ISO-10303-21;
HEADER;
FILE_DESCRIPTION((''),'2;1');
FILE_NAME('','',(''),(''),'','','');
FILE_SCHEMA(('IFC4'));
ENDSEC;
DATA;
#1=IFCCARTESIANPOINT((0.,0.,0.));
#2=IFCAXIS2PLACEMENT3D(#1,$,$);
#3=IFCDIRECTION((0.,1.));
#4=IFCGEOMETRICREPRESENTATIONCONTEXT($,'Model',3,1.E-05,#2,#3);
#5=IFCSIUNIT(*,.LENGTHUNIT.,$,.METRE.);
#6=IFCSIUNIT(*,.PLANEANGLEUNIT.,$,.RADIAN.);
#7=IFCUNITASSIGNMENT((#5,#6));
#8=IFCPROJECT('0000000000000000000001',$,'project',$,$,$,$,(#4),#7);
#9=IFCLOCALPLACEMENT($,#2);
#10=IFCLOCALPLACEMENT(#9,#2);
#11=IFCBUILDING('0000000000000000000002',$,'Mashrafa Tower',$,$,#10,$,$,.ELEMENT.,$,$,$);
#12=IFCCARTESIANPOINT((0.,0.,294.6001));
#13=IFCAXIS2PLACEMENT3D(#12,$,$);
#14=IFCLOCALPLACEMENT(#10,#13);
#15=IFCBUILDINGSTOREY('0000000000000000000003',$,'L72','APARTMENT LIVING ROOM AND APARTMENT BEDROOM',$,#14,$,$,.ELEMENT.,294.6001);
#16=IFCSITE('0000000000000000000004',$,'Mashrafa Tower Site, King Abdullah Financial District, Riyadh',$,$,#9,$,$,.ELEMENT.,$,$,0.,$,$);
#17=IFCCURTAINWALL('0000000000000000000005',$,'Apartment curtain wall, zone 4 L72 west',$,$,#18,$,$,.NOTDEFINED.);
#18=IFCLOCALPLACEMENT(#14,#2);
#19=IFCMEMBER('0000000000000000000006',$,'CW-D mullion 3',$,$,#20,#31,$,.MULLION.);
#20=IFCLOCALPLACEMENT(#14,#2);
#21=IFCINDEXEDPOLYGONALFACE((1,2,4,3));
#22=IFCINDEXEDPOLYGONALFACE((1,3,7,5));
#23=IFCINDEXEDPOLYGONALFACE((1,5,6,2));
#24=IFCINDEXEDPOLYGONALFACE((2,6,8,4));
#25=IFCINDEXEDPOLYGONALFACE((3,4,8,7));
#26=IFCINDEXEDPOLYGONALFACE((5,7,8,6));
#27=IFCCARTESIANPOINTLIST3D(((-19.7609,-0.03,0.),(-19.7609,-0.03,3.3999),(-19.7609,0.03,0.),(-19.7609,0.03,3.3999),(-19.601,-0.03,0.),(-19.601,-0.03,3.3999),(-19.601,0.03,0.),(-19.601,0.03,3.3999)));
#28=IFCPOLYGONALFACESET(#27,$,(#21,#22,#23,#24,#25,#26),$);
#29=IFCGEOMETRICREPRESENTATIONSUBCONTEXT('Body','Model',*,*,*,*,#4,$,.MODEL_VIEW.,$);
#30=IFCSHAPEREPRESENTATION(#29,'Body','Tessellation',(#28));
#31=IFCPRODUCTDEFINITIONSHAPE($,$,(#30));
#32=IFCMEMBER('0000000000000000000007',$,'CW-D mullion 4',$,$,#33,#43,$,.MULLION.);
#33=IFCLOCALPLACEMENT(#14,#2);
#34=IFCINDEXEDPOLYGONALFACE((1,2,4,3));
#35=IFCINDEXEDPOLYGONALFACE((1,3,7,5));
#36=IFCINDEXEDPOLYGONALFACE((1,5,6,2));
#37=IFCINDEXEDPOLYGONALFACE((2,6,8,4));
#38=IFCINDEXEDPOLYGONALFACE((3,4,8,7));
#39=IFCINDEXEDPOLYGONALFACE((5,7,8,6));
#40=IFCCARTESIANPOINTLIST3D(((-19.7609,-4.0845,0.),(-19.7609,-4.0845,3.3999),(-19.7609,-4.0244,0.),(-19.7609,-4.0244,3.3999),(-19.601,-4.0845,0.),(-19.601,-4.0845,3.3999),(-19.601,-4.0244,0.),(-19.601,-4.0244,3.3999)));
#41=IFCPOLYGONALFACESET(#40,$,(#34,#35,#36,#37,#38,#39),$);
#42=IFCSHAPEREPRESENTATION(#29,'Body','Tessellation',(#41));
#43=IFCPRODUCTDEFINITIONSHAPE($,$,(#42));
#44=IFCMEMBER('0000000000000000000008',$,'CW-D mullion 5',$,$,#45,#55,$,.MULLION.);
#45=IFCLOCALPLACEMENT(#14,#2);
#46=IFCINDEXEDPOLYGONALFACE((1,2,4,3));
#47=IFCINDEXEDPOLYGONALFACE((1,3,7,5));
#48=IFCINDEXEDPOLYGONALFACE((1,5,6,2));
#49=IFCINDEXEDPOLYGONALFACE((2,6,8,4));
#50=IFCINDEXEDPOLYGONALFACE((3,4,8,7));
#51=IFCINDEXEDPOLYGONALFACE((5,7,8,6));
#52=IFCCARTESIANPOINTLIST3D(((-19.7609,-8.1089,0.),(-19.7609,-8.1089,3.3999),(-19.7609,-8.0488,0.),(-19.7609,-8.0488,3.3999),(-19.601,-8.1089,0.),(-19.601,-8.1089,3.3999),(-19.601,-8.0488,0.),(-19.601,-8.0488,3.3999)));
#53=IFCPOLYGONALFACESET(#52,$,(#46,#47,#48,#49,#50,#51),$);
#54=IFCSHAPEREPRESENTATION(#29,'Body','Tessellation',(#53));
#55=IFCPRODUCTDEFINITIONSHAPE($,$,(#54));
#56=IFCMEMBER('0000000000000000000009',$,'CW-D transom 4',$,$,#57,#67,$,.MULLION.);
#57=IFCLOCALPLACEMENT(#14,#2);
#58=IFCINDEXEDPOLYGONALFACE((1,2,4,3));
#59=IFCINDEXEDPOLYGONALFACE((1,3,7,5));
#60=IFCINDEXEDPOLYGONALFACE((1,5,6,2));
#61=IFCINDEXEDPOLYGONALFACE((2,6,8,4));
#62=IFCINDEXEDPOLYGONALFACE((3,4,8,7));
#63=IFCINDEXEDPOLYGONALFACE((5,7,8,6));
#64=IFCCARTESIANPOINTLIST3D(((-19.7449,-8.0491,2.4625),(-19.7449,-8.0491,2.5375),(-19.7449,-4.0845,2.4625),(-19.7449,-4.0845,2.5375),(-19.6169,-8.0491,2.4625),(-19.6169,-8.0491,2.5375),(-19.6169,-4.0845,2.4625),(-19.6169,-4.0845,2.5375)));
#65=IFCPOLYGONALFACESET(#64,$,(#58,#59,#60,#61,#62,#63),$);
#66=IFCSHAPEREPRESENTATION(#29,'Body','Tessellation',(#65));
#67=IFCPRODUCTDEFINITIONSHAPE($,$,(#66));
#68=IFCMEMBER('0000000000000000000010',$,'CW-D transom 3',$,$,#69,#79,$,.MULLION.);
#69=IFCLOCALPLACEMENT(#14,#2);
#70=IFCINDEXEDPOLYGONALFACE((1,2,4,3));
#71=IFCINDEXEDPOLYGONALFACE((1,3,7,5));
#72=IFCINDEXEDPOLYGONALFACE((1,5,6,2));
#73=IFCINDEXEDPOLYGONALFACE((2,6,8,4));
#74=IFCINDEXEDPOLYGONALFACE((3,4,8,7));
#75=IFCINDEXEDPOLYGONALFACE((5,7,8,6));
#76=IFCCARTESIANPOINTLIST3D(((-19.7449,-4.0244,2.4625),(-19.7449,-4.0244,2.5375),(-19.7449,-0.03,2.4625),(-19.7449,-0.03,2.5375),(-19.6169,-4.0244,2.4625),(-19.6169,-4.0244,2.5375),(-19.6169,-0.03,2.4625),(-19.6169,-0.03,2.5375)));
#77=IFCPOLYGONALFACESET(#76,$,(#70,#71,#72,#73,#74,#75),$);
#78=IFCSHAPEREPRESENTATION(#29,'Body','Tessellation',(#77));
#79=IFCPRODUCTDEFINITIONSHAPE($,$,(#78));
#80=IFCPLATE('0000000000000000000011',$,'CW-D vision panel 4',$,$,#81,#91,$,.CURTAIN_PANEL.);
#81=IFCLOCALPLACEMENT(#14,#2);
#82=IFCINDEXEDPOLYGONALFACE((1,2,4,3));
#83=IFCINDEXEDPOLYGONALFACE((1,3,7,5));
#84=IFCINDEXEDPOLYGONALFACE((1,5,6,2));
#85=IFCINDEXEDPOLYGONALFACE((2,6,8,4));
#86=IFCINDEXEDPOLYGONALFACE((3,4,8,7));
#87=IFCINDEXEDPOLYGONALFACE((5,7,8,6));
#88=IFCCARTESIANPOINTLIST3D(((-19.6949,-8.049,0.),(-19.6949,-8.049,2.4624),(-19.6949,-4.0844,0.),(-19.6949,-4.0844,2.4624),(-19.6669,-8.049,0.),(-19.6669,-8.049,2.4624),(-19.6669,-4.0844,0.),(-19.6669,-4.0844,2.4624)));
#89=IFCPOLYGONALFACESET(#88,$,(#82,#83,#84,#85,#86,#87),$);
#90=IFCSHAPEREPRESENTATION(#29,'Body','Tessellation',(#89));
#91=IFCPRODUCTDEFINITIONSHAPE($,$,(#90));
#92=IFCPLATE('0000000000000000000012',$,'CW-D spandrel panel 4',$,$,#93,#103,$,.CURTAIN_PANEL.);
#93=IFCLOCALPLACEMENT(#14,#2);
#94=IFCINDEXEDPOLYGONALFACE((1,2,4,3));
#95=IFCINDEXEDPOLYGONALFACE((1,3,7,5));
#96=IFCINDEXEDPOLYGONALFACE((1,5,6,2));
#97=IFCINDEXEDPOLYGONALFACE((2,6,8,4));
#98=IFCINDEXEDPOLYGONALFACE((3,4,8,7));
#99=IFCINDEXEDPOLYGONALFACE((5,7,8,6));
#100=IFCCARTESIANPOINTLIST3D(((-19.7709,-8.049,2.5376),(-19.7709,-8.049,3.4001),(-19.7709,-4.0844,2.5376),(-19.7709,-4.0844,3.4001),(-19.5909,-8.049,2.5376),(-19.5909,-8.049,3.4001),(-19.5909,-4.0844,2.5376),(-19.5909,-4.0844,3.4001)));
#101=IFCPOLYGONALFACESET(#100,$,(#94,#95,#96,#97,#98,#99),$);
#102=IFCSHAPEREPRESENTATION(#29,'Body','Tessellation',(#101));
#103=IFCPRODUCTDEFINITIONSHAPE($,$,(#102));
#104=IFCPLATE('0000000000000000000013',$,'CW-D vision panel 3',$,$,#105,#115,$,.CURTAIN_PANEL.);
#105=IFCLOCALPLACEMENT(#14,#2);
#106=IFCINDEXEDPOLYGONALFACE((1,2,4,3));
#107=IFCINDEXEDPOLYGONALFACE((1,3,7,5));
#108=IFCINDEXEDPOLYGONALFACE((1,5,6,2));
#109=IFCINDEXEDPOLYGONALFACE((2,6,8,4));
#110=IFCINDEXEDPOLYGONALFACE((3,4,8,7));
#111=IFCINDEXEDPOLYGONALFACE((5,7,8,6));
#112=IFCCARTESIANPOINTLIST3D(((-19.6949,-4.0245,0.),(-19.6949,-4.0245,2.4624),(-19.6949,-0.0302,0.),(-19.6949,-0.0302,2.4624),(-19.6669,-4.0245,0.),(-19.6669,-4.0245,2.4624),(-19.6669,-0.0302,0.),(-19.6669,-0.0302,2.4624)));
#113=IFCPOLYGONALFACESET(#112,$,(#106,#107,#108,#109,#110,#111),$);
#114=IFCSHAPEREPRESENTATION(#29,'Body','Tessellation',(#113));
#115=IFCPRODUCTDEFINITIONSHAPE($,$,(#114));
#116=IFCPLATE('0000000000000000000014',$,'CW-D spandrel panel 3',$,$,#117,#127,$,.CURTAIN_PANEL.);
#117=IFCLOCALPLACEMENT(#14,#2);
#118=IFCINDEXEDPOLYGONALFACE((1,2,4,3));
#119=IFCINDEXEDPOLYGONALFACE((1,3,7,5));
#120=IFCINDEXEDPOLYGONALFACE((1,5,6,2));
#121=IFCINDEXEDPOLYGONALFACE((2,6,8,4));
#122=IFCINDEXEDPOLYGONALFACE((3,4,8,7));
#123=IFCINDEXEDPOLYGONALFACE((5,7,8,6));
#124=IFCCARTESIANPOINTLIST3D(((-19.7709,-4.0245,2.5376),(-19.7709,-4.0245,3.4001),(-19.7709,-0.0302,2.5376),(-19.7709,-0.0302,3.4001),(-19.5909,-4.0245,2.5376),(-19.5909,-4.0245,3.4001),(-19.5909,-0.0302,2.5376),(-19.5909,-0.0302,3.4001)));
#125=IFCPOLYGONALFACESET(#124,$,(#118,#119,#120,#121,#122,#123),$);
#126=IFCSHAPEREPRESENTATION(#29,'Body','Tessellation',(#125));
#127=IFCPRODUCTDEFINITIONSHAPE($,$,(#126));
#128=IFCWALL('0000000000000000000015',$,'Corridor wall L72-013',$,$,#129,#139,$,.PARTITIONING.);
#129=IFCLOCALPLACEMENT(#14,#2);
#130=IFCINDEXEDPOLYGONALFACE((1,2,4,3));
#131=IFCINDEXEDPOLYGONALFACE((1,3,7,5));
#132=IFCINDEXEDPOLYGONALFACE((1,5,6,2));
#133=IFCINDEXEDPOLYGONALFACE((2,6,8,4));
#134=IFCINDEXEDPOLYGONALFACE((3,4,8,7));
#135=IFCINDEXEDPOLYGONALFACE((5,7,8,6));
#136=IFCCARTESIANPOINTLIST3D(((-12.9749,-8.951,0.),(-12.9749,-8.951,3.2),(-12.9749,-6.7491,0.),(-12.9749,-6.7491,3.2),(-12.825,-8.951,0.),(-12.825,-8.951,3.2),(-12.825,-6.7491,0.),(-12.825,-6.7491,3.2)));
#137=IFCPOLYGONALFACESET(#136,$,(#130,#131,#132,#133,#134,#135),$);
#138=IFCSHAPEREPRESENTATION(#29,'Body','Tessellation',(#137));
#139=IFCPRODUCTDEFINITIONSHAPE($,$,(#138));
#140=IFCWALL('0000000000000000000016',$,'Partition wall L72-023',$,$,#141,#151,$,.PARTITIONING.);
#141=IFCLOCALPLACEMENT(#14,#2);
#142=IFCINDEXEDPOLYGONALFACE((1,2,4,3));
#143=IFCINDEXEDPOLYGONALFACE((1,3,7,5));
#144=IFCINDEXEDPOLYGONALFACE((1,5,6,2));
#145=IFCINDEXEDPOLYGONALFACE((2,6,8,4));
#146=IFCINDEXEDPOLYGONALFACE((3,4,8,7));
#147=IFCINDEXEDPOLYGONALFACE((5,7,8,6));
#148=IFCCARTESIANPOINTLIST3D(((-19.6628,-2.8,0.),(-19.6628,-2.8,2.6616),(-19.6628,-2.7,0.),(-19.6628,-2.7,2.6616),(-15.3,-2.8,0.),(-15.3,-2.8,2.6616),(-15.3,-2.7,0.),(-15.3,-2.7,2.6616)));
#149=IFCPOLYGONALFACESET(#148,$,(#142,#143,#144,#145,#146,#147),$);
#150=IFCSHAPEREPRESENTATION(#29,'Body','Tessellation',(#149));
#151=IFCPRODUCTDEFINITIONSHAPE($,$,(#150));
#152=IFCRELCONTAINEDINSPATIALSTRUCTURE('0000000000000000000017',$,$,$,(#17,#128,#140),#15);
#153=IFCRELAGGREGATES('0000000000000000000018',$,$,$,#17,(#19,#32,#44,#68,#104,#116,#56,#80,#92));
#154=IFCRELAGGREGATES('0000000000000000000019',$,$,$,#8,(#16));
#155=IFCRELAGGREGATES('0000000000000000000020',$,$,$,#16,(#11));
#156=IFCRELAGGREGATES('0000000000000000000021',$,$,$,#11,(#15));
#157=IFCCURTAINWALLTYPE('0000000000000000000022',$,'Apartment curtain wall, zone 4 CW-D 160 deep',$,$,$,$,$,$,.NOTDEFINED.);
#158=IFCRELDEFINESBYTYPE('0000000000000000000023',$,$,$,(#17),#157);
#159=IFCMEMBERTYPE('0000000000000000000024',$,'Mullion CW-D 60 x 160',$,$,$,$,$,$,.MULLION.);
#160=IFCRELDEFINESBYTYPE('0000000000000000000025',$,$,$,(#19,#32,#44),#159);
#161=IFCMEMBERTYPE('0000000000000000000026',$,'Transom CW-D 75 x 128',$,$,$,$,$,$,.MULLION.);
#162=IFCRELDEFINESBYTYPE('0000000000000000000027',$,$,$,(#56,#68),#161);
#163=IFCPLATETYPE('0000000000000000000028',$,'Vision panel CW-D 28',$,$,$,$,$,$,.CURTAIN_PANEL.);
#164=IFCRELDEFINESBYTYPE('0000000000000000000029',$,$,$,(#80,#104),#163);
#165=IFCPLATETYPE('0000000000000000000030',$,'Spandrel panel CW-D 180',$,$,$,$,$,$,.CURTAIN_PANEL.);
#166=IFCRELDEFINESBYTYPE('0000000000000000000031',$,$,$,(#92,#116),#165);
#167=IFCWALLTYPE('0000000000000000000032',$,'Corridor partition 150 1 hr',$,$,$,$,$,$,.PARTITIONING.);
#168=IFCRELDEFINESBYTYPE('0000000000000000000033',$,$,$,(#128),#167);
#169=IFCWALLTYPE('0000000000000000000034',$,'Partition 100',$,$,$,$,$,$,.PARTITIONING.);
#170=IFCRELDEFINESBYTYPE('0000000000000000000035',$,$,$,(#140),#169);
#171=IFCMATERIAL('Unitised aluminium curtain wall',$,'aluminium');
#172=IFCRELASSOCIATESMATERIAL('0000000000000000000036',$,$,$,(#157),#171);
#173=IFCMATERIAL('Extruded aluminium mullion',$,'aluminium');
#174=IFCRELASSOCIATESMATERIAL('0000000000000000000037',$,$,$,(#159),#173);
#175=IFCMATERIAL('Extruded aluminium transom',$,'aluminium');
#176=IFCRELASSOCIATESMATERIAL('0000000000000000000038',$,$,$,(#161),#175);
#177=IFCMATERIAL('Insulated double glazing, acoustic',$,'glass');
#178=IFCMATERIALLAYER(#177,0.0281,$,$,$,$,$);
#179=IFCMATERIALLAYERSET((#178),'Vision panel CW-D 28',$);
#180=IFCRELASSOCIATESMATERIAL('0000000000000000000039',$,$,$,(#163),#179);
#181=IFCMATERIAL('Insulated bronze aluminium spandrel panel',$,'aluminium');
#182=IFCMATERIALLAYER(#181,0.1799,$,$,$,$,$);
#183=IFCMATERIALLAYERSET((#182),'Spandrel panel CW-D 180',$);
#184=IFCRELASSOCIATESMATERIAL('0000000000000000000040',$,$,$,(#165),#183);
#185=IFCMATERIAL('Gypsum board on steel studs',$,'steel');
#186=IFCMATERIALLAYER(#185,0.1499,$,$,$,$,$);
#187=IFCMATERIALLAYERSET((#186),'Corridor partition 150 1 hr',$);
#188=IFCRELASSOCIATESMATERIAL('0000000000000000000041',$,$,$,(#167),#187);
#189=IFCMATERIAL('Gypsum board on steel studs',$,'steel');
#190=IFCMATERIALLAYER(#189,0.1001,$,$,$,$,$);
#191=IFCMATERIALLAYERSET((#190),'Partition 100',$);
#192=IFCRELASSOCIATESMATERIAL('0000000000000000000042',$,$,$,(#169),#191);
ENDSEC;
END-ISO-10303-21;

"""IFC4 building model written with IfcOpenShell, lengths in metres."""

from ifc_helpers import new_model, si_unit, direction, frame, frame_2d, origin, origin_2d, place, context, subcontext, project, spatial, rectangle, extrude, source, transform, mapped, material, layer, layer_set, material_profile, profile_set, type_object, type_shapes, element, aggregate, save


model = new_model("IFC4")

# Units and contexts
model_context = context("Model", 3, precision=1e-05, world=origin(), true_north=direction((0.0, 1.0)))
body_context = subcontext(model_context, "Body", "Model", "MODEL_VIEW")
ifc_project = project(units=[si_unit("LENGTHUNIT", "METRE"), si_unit("PLANEANGLEUNIT", "RADIAN")], contexts=[model_context])

# Site, building, storey
site_placement = place(None, origin())
site = spatial("IfcSite", under=ifc_project, at=site_placement, Name="Mashrafa Tower Site, King Abdullah Financial District, Riyadh", CompositionType="ELEMENT", RefElevation=0.0)
building_placement = place(site_placement, origin())
building = spatial("IfcBuilding", under=site, at=building_placement, Name="Mashrafa Tower", CompositionType="ELEMENT")
storey_placement = place(building_placement, frame((0.0, 0.0, 294.6001)))
storey = spatial("IfcBuildingStorey", under=building, at=storey_placement, Name="L72", Description="APARTMENT LIVING ROOM AND APARTMENT BEDROOM", CompositionType="ELEMENT", Elevation=294.6001)

# Curtain wall, members, plates
ifc_material_1 = material(Name="Unitised aluminium curtain wall", Category="aluminium")
curtain_wall_type = type_object("IfcCurtainWallType", Name="Apartment curtain wall, zone 4 CW-D 160 deep", PredefinedType="NOTDEFINED", material=ifc_material_1)
curtain_wall_placement = place(storey_placement, origin())
curtain_wall = element("IfcCurtainWall", 1, at=curtain_wall_placement, inside=storey, type_object=curtain_wall_type, Name="Apartment curtain wall, zone 4 L72 west", PredefinedType="NOTDEFINED")
ifc_material_2 = material(Name="Extruded aluminium mullion", Category="aluminium")
ifc_material_profile_1 = material_profile(ifc_material_2, rectangle(XDim=0.1599, YDim=0.0601, at=origin_2d()), Name="Mullion 60x160")
ifc_profile_set_1 = profile_set([ifc_material_profile_1], Name="Extruded aluminium mullion")
member_type_1 = type_object("IfcMemberType", Name="Mullion CW-D 60 x 160", PredefinedType="MULLION", material=ifc_profile_set_1)
shared_shape_1 = source(origin(), body_context, "Body", "SweptSolid", [
    extrude(rectangle(XDim=0.1599, YDim=0.0601, at=origin_2d()), origin(), (0.0, 0.0, 1.0), 3.3999),
])
type_shapes(member_type_1, [shared_shape_1])
member_1_placement = place(storey_placement, frame((-19.6809, 0.0, 0.0), z_axis=(0.0, 0.0, 1.0), x_axis=(1.0, 0.0, 0.0)))
member_1 = element("IfcMember", 2, at=member_1_placement, type_object=member_type_1, Name="CW-D mullion 3", PredefinedType="MULLION", context=body_context, shape_type="MappedRepresentation", body=[
    mapped(shared_shape_1, transform((0.0, 0.0, 0.0))),
])
member_2_placement = place(storey_placement, frame((-19.6809, -4.0544, 0.0), z_axis=(0.0, 0.0, 1.0), x_axis=(1.0, 0.0, 0.0)))
member_2 = element("IfcMember", 3, at=member_2_placement, type_object=member_type_1, Name="CW-D mullion 4", PredefinedType="MULLION", context=body_context, shape_type="MappedRepresentation", body=[
    mapped(shared_shape_1, transform((0.0, 0.0, 0.0))),
])
member_3_placement = place(storey_placement, frame((-19.6809, -8.0789, 0.0), z_axis=(0.0, 0.0, 1.0), x_axis=(1.0, 0.0, 0.0)))
member_3 = element("IfcMember", 4, at=member_3_placement, type_object=member_type_1, Name="CW-D mullion 5", PredefinedType="MULLION", context=body_context, shape_type="MappedRepresentation", body=[
    mapped(shared_shape_1, transform((0.0, 0.0, 0.0))),
])
ifc_material_3 = material(Name="Extruded aluminium transom", Category="aluminium")
ifc_material_profile_2 = material_profile(ifc_material_3, rectangle(XDim=0.1279, YDim=0.075, at=origin_2d()), Name="Transom 75x128")
ifc_profile_set_2 = profile_set([ifc_material_profile_2], Name="Extruded aluminium transom")
member_type_2 = type_object("IfcMemberType", Name="Transom CW-D 75 x 128", PredefinedType="MULLION", material=ifc_profile_set_2)
shared_shape_2 = source(origin(), body_context, "Body", "SweptSolid", [
    extrude(rectangle(XDim=0.1279, YDim=0.075, at=origin_2d()), origin(), (0.0, 0.0, 1.0), 3.9646),
])
member_4_placement = place(storey_placement, frame((-19.6809, -4.0845, 2.5), z_axis=(0.0, -1.0, 0.0), x_axis=(1.0, 0.0, 0.0)))
member_4 = element("IfcMember", 5, at=member_4_placement, type_object=member_type_2, Name="CW-D transom 4", PredefinedType="MULLION", context=body_context, shape_type="MappedRepresentation", body=[
    mapped(shared_shape_2, transform((0.0, 0.0, 0.0))),
])
shared_shape_3 = source(origin(), body_context, "Body", "SweptSolid", [
    extrude(rectangle(XDim=0.1279, YDim=0.075, at=origin_2d()), origin(), (0.0, 0.0, 1.0), 3.9944),
])
type_shapes(member_type_2, [shared_shape_2, shared_shape_3])
member_5_placement = place(storey_placement, frame((-19.6809, -0.03, 2.5), z_axis=(0.0, -1.0, 0.0), x_axis=(1.0, 0.0, 0.0)))
member_5 = element("IfcMember", 6, at=member_5_placement, type_object=member_type_2, Name="CW-D transom 3", PredefinedType="MULLION", context=body_context, shape_type="MappedRepresentation", body=[
    mapped(shared_shape_3, transform((0.0, 0.0, 0.0))),
])
ifc_material_4 = material(Name="Insulated double glazing, acoustic", Category="glass")
ifc_layer_1 = layer(ifc_material_4, 0.0281)
ifc_layer_set_1 = layer_set([ifc_layer_1], Name="Vision panel CW-D 28")
plate_type_1 = type_object("IfcPlateType", Name="Vision panel CW-D 28", PredefinedType="CURTAIN_PANEL", material=ifc_layer_set_1)
shared_shape_4 = source(origin(), body_context, "Body", "SweptSolid", [
    extrude(rectangle(XDim=3.9646, YDim=0.0281, at=origin_2d()), origin(), (0.0, 0.0, 1.0), 2.4624),
])
plate_1_placement = place(storey_placement, frame((-19.6809, -6.0667, 0.0), z_axis=(0.0, 0.0, 1.0), x_axis=(0.0, -1.0, 0.0)))
plate_1 = element("IfcPlate", 7, at=plate_1_placement, type_object=plate_type_1, Name="CW-D vision panel 4", PredefinedType="CURTAIN_PANEL", context=body_context, shape_type="MappedRepresentation", body=[
    mapped(shared_shape_4, transform((0.0, 0.0, 0.0))),
])
ifc_material_5 = material(Name="Insulated bronze aluminium spandrel panel", Category="aluminium")
ifc_layer_2 = layer(ifc_material_5, 0.1799)
ifc_layer_set_2 = layer_set([ifc_layer_2], Name="Spandrel panel CW-D 180")
plate_type_2 = type_object("IfcPlateType", Name="Spandrel panel CW-D 180", PredefinedType="CURTAIN_PANEL", material=ifc_layer_set_2)
shared_shape_5 = source(origin(), body_context, "Body", "SweptSolid", [
    extrude(rectangle(XDim=3.9646, YDim=0.1799, at=origin_2d()), origin(), (0.0, 0.0, 1.0), 0.8625),
])
plate_2_placement = place(storey_placement, frame((-19.6809, -6.0667, 2.5376), z_axis=(0.0, 0.0, 1.0), x_axis=(0.0, -1.0, 0.0)))
plate_2 = element("IfcPlate", 8, at=plate_2_placement, type_object=plate_type_2, Name="CW-D spandrel panel 4", PredefinedType="CURTAIN_PANEL", context=body_context, shape_type="MappedRepresentation", body=[
    mapped(shared_shape_5, transform((0.0, 0.0, 0.0))),
])
shared_shape_6 = source(origin(), body_context, "Body", "SweptSolid", [
    extrude(rectangle(XDim=3.9944, YDim=0.0281, at=origin_2d()), origin(), (0.0, 0.0, 1.0), 2.4624),
])
type_shapes(plate_type_1, [shared_shape_4, shared_shape_6])
plate_3_placement = place(storey_placement, frame((-19.6809, -2.0273, 0.0), z_axis=(0.0, 0.0, 1.0), x_axis=(0.0, -1.0, 0.0)))
plate_3 = element("IfcPlate", 9, at=plate_3_placement, type_object=plate_type_1, Name="CW-D vision panel 3", PredefinedType="CURTAIN_PANEL", context=body_context, shape_type="MappedRepresentation", body=[
    mapped(shared_shape_6, transform((0.0, 0.0, 0.0))),
])
shared_shape_7 = source(origin(), body_context, "Body", "SweptSolid", [
    extrude(rectangle(XDim=3.9944, YDim=0.1799, at=origin_2d()), origin(), (0.0, 0.0, 1.0), 0.8625),
])
type_shapes(plate_type_2, [shared_shape_5, shared_shape_7])
plate_4_placement = place(storey_placement, frame((-19.6809, -2.0273, 2.5376), z_axis=(0.0, 0.0, 1.0), x_axis=(0.0, -1.0, 0.0)))
plate_4 = element("IfcPlate", 10, at=plate_4_placement, type_object=plate_type_2, Name="CW-D spandrel panel 3", PredefinedType="CURTAIN_PANEL", context=body_context, shape_type="MappedRepresentation", body=[
    mapped(shared_shape_7, transform((0.0, 0.0, 0.0))),
])
aggregate(curtain_wall, [member_1, member_2, member_3, member_5, plate_3, plate_4, member_4, plate_1, plate_2])

# Walls
ifc_material_6 = material(Name="Gypsum board on steel studs", Category="steel")
ifc_layer_3 = layer(ifc_material_6, 0.1499)
ifc_layer_set_3 = layer_set([ifc_layer_3], Name="Corridor partition 150 1 hr")
wall_type_1 = type_object("IfcWallType", Name="Corridor partition 150 1 hr", PredefinedType="PARTITIONING", material=ifc_layer_set_3)
wall_1_placement = place(storey_placement, frame((-12.8999, -6.749, 0.0), z_axis=(0.0, 0.0, 1.0), x_axis=(0.0, -1.0, 0.0)))
element("IfcWall", 11, at=wall_1_placement, inside=storey, type_object=wall_type_1, Name="Corridor wall L72-013", PredefinedType="PARTITIONING", context=body_context, shape_type="SweptSolid", body=[
    extrude(rectangle(XDim=2.2019, YDim=0.1499, at=frame_2d((1.1011, 0.0))), origin(), (0.0, 0.0, 1.0), 3.2),
])
ifc_material_7 = material(Name="Gypsum board on steel studs", Category="steel")
ifc_layer_4 = layer(ifc_material_7, 0.1001)
ifc_layer_set_4 = layer_set([ifc_layer_4], Name="Partition 100")
wall_type_2 = type_object("IfcWallType", Name="Partition 100", PredefinedType="PARTITIONING", material=ifc_layer_set_4)
wall_2_placement = place(storey_placement, frame((-15.3, -2.75, 0.0), z_axis=(0.0, 0.0, 1.0), x_axis=(-1.0, 0.0, 0.0)))
element("IfcWall", 12, at=wall_2_placement, inside=storey, type_object=wall_type_2, Name="Partition wall L72-023", PredefinedType="PARTITIONING", context=body_context, shape_type="SweptSolid", body=[
    extrude(rectangle(XDim=4.3628, YDim=0.1001, at=frame_2d((2.1814, 0.0))), origin(), (0.0, 0.0, 1.0), 2.6616),
])

save(model, "model.ifc")
